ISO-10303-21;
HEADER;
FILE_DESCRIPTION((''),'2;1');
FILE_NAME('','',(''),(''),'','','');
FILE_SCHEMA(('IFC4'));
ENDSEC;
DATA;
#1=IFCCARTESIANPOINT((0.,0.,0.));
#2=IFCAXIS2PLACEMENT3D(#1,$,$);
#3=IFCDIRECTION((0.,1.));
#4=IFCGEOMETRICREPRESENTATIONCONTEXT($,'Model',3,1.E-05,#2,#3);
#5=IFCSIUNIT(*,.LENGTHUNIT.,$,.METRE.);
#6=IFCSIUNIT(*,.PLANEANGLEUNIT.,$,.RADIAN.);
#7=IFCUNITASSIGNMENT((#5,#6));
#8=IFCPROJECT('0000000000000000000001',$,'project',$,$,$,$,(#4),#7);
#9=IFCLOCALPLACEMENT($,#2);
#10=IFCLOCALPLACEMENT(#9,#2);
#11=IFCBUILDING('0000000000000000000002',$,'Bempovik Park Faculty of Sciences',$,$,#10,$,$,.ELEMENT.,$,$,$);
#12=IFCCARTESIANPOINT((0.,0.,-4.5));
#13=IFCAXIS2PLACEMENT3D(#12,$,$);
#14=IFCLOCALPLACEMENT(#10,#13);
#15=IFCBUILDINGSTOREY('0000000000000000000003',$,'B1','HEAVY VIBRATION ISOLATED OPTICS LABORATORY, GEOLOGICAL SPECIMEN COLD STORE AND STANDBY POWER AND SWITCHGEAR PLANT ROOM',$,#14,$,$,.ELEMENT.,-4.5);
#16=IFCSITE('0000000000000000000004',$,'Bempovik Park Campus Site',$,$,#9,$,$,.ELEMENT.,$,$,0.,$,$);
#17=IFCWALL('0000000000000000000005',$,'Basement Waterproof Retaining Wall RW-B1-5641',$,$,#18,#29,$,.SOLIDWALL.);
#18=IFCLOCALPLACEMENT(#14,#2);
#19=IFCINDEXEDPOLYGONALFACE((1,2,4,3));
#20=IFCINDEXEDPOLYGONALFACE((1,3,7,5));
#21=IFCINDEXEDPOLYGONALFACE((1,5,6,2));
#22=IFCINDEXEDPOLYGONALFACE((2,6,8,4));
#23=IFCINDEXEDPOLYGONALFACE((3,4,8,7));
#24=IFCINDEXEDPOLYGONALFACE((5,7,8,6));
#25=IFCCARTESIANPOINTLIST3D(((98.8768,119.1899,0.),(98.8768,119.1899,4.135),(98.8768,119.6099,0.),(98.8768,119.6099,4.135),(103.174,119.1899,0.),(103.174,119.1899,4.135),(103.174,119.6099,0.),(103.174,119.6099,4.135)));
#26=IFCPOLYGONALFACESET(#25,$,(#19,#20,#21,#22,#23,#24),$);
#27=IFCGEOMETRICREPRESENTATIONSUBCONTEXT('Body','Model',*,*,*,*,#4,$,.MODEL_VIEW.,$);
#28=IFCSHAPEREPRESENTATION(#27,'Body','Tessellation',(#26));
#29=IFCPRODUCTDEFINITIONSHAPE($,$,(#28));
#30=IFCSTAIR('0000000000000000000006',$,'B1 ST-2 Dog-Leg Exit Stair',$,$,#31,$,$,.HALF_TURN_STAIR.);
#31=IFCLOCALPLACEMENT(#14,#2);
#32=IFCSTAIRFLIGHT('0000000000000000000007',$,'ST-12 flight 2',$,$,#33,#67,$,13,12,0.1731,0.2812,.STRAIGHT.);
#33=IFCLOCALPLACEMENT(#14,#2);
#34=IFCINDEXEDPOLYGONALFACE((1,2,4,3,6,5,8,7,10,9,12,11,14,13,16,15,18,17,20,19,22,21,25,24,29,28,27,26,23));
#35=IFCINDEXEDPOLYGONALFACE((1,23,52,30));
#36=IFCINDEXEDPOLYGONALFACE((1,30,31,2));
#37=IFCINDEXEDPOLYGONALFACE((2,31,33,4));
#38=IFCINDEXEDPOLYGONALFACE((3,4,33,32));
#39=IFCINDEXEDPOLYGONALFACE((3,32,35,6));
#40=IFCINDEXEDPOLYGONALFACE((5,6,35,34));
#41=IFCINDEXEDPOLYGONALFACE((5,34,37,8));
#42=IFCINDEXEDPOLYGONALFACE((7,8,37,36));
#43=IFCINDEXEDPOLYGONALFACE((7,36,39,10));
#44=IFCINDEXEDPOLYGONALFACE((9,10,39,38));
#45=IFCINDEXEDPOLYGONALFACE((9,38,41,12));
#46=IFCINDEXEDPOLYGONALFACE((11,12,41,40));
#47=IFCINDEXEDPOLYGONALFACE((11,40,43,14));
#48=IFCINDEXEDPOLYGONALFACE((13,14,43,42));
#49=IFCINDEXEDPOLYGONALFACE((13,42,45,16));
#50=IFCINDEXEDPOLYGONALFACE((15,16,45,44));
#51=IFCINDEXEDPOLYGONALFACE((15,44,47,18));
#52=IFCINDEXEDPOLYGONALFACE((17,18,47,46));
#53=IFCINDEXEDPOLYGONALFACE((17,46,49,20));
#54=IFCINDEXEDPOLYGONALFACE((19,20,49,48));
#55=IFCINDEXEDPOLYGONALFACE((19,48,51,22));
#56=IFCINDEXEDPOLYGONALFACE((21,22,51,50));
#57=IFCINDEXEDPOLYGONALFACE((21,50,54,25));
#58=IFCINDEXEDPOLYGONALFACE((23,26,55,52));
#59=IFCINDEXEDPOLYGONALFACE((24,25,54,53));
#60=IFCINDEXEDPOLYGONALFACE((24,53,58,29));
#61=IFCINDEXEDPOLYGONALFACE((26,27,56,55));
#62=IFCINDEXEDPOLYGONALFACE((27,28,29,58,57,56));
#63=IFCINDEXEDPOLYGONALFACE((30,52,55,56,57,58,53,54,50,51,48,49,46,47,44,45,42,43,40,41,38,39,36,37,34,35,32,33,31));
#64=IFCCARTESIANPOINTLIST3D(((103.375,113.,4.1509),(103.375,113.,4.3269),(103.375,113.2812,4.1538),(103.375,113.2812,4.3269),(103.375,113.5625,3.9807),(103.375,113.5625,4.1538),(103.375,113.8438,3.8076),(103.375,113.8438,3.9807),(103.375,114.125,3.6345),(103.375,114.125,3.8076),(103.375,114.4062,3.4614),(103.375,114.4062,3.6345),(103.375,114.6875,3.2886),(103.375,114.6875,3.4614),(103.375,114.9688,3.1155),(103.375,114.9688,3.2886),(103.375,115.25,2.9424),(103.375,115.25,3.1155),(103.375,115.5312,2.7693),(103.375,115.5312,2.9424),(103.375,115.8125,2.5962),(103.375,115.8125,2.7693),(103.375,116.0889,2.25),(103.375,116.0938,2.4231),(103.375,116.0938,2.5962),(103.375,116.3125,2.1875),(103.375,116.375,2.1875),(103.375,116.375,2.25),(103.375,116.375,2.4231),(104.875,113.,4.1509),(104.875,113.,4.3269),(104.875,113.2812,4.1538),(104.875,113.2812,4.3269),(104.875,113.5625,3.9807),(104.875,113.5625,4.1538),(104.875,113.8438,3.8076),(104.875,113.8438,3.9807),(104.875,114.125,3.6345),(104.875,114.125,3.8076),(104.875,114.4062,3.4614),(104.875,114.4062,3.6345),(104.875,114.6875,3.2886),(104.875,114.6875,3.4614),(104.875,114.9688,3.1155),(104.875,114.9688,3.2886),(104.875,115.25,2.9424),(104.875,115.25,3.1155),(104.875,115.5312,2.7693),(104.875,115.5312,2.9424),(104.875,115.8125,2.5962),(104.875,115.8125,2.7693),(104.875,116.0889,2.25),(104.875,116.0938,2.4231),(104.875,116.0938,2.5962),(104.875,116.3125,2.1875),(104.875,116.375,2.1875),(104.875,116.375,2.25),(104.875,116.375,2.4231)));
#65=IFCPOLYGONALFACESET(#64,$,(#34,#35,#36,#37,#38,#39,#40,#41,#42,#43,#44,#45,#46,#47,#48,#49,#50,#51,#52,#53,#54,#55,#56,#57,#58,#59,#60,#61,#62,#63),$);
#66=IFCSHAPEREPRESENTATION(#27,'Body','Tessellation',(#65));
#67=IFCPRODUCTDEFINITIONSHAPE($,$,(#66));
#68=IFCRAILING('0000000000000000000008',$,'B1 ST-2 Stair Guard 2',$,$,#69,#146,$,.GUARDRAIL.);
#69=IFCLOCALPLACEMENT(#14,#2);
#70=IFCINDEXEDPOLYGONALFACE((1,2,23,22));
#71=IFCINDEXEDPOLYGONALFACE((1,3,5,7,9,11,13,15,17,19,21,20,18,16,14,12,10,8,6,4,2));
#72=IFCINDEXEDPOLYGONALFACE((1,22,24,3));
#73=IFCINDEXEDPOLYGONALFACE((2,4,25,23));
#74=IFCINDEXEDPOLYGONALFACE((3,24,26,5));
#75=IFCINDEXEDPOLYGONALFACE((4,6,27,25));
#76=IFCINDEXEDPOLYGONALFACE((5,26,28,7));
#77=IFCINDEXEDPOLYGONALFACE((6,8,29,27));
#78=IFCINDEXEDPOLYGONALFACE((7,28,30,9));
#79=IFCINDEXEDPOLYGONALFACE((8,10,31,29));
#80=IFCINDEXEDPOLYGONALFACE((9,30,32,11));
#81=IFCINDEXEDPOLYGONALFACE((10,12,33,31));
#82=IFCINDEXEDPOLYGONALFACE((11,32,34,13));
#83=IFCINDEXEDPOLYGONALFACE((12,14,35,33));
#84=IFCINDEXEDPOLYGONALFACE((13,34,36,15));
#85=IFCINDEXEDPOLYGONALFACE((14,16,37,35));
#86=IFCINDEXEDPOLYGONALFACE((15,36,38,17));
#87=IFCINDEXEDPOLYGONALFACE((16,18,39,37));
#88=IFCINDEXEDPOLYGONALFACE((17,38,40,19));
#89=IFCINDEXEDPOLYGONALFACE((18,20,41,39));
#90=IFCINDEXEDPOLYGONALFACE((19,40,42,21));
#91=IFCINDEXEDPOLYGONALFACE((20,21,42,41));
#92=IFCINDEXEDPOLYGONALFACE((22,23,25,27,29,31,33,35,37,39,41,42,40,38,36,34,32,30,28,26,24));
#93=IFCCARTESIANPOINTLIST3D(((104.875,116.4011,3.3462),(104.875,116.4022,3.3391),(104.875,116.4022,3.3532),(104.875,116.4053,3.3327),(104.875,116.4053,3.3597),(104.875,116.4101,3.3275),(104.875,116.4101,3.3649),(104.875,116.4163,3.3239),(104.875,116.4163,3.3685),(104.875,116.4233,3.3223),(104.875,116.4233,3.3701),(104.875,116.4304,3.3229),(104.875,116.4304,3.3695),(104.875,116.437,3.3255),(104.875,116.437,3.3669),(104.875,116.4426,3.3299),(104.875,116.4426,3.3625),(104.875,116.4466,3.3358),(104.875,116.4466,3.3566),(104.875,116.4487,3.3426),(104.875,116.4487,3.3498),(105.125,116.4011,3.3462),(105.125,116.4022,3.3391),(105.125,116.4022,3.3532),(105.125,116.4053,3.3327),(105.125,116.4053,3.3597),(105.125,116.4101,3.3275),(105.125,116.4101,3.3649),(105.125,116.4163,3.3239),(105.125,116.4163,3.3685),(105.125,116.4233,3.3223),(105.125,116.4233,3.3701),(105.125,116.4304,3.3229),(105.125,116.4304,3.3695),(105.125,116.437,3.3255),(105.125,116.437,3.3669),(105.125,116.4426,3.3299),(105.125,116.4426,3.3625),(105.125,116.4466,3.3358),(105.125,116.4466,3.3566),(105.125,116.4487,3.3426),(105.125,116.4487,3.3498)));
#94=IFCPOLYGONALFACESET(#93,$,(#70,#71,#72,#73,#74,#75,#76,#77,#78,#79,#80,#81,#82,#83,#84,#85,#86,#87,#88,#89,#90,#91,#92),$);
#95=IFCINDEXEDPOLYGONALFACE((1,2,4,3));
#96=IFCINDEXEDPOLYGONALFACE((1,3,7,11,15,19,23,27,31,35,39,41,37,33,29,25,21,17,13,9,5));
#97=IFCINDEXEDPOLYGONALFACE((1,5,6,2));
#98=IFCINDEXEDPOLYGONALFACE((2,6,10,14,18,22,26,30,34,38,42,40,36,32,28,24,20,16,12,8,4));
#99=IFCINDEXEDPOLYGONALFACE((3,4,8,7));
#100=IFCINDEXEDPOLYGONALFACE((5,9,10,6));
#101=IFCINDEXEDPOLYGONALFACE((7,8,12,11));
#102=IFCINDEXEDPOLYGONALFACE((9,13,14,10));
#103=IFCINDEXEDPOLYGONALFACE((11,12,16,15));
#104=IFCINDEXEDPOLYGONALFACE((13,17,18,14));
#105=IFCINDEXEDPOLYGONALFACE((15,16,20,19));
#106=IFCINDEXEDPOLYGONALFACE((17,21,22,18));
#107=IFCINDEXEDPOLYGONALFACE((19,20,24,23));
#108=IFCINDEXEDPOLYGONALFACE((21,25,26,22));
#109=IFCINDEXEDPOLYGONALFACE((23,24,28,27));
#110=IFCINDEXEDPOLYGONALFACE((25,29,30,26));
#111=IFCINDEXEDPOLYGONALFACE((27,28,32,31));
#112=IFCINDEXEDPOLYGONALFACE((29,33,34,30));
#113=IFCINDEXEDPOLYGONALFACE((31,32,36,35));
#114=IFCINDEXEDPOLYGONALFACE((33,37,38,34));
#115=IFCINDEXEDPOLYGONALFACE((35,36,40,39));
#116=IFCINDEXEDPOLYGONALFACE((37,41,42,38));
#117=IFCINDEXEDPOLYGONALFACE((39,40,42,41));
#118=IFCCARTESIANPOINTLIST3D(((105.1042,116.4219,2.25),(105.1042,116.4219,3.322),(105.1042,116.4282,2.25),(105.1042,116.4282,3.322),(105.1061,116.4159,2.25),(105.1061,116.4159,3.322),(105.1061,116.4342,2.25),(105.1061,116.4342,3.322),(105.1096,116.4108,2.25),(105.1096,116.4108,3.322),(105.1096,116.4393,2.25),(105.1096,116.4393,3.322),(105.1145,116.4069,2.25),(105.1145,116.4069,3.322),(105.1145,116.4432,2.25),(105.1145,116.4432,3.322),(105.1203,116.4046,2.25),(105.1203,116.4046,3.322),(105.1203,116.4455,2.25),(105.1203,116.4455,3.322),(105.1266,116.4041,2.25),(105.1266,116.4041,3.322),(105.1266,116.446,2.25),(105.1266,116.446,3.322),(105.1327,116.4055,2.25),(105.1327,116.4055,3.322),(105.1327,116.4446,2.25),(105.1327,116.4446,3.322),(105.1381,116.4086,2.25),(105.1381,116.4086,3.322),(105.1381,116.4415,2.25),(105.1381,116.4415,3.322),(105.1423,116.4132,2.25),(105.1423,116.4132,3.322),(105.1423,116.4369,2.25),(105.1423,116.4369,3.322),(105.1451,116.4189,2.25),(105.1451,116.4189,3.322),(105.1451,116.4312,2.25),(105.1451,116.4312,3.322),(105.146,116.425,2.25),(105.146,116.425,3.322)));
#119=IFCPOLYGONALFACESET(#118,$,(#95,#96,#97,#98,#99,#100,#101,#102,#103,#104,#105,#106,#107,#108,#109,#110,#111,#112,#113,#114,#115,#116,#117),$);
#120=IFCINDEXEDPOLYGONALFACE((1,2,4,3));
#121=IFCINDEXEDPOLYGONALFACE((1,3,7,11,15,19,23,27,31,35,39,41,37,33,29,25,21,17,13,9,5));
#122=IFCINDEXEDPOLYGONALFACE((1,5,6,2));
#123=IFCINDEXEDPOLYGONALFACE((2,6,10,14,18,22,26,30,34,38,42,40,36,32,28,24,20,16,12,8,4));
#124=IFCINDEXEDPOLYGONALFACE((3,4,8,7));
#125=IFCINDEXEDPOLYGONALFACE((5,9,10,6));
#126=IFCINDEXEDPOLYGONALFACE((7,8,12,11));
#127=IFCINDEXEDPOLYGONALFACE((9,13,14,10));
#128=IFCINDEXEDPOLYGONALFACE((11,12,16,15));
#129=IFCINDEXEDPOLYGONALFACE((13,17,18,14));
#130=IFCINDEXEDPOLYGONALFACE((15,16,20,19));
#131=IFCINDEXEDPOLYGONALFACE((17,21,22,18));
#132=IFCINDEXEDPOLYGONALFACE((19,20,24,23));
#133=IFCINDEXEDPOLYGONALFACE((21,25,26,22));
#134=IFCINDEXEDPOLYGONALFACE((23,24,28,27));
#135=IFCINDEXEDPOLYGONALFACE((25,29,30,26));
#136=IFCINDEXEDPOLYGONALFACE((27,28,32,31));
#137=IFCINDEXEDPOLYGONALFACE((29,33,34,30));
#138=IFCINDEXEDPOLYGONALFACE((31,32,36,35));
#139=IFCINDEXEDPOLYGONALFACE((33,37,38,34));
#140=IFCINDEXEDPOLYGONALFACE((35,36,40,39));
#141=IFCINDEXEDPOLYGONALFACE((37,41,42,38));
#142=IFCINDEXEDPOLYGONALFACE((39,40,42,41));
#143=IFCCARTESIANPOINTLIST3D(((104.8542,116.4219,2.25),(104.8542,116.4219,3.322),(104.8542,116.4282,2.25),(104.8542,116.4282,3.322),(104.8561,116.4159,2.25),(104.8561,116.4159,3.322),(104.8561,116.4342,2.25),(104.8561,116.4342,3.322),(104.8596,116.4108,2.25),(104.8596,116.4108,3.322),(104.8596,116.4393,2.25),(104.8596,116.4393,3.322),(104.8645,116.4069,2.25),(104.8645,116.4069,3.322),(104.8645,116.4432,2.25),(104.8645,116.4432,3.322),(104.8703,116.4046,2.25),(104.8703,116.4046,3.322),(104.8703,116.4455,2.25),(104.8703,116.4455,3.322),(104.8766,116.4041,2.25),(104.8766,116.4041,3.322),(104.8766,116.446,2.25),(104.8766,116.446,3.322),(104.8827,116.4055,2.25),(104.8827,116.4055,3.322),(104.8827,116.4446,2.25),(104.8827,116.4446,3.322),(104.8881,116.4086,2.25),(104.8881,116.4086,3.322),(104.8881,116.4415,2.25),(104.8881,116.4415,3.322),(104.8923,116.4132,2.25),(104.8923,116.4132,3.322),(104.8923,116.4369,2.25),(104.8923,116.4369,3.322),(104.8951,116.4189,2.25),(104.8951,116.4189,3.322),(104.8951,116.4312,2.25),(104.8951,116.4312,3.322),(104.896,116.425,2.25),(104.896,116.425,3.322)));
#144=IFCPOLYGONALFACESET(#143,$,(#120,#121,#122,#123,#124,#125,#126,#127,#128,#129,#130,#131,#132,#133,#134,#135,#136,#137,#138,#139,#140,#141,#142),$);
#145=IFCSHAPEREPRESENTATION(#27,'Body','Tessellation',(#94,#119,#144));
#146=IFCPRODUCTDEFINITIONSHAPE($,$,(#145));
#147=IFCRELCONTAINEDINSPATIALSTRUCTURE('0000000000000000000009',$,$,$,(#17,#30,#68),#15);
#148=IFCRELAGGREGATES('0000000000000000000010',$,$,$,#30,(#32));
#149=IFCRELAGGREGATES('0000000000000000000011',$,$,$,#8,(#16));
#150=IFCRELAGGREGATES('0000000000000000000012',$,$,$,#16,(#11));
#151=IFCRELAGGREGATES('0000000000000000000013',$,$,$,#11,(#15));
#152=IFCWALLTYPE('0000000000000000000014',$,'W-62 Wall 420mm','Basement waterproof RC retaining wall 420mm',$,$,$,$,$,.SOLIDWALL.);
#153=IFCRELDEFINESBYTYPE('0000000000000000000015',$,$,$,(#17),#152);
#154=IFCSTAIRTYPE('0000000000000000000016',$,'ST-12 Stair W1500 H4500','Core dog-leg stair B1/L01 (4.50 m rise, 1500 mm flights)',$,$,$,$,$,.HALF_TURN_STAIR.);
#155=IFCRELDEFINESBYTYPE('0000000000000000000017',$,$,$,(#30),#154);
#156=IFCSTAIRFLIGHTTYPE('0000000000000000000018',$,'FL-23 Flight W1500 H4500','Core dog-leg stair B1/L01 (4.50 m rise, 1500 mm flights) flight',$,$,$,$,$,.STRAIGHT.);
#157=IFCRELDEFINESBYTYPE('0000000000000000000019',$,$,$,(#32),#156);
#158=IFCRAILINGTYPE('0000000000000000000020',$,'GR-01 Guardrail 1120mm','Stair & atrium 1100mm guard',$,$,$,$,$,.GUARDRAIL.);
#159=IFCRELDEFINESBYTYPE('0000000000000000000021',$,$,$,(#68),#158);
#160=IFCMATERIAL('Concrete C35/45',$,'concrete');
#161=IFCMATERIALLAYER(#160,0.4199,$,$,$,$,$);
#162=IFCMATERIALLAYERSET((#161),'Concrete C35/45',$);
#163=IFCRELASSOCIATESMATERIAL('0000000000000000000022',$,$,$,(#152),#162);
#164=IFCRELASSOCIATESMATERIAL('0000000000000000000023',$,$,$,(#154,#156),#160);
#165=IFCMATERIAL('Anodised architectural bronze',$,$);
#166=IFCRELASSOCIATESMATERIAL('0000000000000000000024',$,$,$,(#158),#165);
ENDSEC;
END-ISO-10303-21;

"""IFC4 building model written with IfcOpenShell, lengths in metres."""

from ifc_helpers import new_model, si_unit, direction, frame, frame_2d, origin, origin_2d, place, context, subcontext, project, spatial, polyline, rectangle, circle, outline, extrude, material, layer, layer_set, type_object, element, aggregate, save


model = new_model("IFC4")

# Units and contexts
model_context = context("Model", 3, precision=1e-05, world=origin(), true_north=direction((0.0, 1.0)))
body_context = subcontext(model_context, "Body", "Model", "MODEL_VIEW")
ifc_project = project(units=[si_unit("LENGTHUNIT", "METRE"), si_unit("PLANEANGLEUNIT", "RADIAN")], contexts=[model_context])

# Site, building, storey
site_placement = place(None, origin())
site = spatial("IfcSite", under=ifc_project, at=site_placement, Name="Bempovik Park Campus Site", CompositionType="ELEMENT", RefElevation=0.0)
building_placement = place(site_placement, origin())
building = spatial("IfcBuilding", under=site, at=building_placement, Name="Bempovik Park Faculty of Sciences", CompositionType="ELEMENT")
storey_placement = place(building_placement, frame((0.0, 0.0, -4.5)))
storey = spatial("IfcBuildingStorey", under=building, at=storey_placement, Name="B1", Description="HEAVY VIBRATION ISOLATED OPTICS LABORATORY, GEOLOGICAL SPECIMEN COLD STORE AND STANDBY POWER AND SWITCHGEAR PLANT ROOM", CompositionType="ELEMENT", Elevation=-4.5)

# Shared definitions
ifc_material_1 = material(Name="Concrete C35/45", Category="concrete")

# Wall
ifc_layer_1 = layer(ifc_material_1, 0.4199)
ifc_layer_set_1 = layer_set([ifc_layer_1], Name="Concrete C35/45")
wall_type_1 = type_object("IfcWallType", Name="W-62 Wall 420mm", Description="Basement waterproof RC retaining wall 420mm", PredefinedType="SOLIDWALL", material=ifc_layer_set_1)
wall_1_placement = place(storey_placement, frame((98.877, 119.3999, 0.0), z_axis=(0.0, 0.0, 1.0), x_axis=(1.0, 0.0, 0.0)))
element("IfcWall", 1, at=wall_1_placement, inside=storey, type_object=wall_type_1, Name="Basement Waterproof Retaining Wall RW-B1-5641", PredefinedType="SOLIDWALL", context=body_context, shape_type="SweptSolid", body=[
    extrude(rectangle(XDim=4.2971, YDim=0.4199, at=frame_2d((2.1484, 0.0))), origin(), (0.0, 0.0, 1.0), 4.135),
])

# Stair, stair flight
stair_type = type_object("IfcStairType", Name="ST-12 Stair W1500 H4500", Description="Core dog-leg stair B1/L01 (4.50 m rise, 1500 mm flights)", PredefinedType="HALF_TURN_STAIR", material=ifc_material_1)
stair_placement = place(storey_placement, origin())
stair = element("IfcStair", 2, at=stair_placement, inside=storey, type_object=stair_type, Name="B1 ST-2 Dog-Leg Exit Stair", PredefinedType="HALF_TURN_STAIR")
stair_flight_type = type_object("IfcStairFlightType", Name="FL-23 Flight W1500 H4500", Description="Core dog-leg stair B1/L01 (4.50 m rise, 1500 mm flights) flight", PredefinedType="STRAIGHT", material=ifc_material_1)
stair_flight_placement = place(storey_placement, frame((104.125, 116.375, 2.25), z_axis=(0.0, 0.0, 1.0), x_axis=(0.0, -1.0, 0.0)))
stair_flight = element("IfcStairFlight", 3, at=stair_flight_placement, type_object=stair_flight_type, Name="ST-12 flight 2", NumberOfRisers=13, NumberOfTreads=12, PredefinedType="STRAIGHT", RiserHeight=0.1731, TreadLength=0.2812, context=body_context, shape_type="SweptSolid", body=[
    extrude(outline(polyline([(0.0, 0.0), (0.0, 0.1731), (0.2812, 0.1731), (0.2812, 0.3462), (0.5625, 0.3462), (0.5625, 0.5193), (0.8438, 0.5193), (0.8438, 0.6924), (1.125, 0.6924), (1.125, 0.8655), (1.4062, 0.8655), (1.4062, 1.0386), (1.6875, 1.0386), (1.6875, 1.2114), (1.9688, 1.2114), (1.9688, 1.3845), (2.25, 1.3845), (2.25, 1.5576), (2.5312, 1.5576), (2.5312, 1.7307), (2.8125, 1.7307), (2.8125, 1.9038), (3.0938, 1.9038), (3.0938, 2.0769), (3.375, 2.0769), (3.375, 2.25), (3.375, 1.9009), (0.2861, 0.0), (0.0625, -0.0625), (0.0, -0.0625), (0.0, 0.0)])), frame((0.0, 0.75, 0.0), z_axis=(0.0, -1.0, 0.0), x_axis=(1.0, 0.0, 0.0)), (0.0, 0.0, 1.0), 1.5),
])
aggregate(stair, [stair_flight])

# Railing
ifc_material_2 = material(Name="Anodised architectural bronze")
railing_type_1 = type_object("IfcRailingType", Name="GR-01 Guardrail 1120mm", Description="Stair & atrium 1100mm guard", PredefinedType="GUARDRAIL", material=ifc_material_2)
railing_1_placement = place(storey_placement, frame((105.125, 116.425, 2.25)))
element("IfcRailing", 4, at=railing_1_placement, inside=storey, type_object=railing_type_1, Name="B1 ST-2 Stair Guard 2", PredefinedType="GUARDRAIL", context=body_context, shape_type="SweptSolid", body=[
    extrude(circle(Radius=0.0239, at=origin_2d()), frame((0.0, 0.0, 1.0962), z_axis=(-1.0, 0.0, 0.0), x_axis=(0.0, -1.0, 0.0)), (0.0, 0.0, 1.0), 0.25),
    extrude(circle(Radius=0.021, at=origin_2d()), origin(), (0.0, 0.0, 1.0), 1.072),
    extrude(circle(Radius=0.021, at=origin_2d()), frame((-0.25, 0.0, 0.0)), (0.0, 0.0, 1.0), 1.072),
])

save(model, "model.ifc")
